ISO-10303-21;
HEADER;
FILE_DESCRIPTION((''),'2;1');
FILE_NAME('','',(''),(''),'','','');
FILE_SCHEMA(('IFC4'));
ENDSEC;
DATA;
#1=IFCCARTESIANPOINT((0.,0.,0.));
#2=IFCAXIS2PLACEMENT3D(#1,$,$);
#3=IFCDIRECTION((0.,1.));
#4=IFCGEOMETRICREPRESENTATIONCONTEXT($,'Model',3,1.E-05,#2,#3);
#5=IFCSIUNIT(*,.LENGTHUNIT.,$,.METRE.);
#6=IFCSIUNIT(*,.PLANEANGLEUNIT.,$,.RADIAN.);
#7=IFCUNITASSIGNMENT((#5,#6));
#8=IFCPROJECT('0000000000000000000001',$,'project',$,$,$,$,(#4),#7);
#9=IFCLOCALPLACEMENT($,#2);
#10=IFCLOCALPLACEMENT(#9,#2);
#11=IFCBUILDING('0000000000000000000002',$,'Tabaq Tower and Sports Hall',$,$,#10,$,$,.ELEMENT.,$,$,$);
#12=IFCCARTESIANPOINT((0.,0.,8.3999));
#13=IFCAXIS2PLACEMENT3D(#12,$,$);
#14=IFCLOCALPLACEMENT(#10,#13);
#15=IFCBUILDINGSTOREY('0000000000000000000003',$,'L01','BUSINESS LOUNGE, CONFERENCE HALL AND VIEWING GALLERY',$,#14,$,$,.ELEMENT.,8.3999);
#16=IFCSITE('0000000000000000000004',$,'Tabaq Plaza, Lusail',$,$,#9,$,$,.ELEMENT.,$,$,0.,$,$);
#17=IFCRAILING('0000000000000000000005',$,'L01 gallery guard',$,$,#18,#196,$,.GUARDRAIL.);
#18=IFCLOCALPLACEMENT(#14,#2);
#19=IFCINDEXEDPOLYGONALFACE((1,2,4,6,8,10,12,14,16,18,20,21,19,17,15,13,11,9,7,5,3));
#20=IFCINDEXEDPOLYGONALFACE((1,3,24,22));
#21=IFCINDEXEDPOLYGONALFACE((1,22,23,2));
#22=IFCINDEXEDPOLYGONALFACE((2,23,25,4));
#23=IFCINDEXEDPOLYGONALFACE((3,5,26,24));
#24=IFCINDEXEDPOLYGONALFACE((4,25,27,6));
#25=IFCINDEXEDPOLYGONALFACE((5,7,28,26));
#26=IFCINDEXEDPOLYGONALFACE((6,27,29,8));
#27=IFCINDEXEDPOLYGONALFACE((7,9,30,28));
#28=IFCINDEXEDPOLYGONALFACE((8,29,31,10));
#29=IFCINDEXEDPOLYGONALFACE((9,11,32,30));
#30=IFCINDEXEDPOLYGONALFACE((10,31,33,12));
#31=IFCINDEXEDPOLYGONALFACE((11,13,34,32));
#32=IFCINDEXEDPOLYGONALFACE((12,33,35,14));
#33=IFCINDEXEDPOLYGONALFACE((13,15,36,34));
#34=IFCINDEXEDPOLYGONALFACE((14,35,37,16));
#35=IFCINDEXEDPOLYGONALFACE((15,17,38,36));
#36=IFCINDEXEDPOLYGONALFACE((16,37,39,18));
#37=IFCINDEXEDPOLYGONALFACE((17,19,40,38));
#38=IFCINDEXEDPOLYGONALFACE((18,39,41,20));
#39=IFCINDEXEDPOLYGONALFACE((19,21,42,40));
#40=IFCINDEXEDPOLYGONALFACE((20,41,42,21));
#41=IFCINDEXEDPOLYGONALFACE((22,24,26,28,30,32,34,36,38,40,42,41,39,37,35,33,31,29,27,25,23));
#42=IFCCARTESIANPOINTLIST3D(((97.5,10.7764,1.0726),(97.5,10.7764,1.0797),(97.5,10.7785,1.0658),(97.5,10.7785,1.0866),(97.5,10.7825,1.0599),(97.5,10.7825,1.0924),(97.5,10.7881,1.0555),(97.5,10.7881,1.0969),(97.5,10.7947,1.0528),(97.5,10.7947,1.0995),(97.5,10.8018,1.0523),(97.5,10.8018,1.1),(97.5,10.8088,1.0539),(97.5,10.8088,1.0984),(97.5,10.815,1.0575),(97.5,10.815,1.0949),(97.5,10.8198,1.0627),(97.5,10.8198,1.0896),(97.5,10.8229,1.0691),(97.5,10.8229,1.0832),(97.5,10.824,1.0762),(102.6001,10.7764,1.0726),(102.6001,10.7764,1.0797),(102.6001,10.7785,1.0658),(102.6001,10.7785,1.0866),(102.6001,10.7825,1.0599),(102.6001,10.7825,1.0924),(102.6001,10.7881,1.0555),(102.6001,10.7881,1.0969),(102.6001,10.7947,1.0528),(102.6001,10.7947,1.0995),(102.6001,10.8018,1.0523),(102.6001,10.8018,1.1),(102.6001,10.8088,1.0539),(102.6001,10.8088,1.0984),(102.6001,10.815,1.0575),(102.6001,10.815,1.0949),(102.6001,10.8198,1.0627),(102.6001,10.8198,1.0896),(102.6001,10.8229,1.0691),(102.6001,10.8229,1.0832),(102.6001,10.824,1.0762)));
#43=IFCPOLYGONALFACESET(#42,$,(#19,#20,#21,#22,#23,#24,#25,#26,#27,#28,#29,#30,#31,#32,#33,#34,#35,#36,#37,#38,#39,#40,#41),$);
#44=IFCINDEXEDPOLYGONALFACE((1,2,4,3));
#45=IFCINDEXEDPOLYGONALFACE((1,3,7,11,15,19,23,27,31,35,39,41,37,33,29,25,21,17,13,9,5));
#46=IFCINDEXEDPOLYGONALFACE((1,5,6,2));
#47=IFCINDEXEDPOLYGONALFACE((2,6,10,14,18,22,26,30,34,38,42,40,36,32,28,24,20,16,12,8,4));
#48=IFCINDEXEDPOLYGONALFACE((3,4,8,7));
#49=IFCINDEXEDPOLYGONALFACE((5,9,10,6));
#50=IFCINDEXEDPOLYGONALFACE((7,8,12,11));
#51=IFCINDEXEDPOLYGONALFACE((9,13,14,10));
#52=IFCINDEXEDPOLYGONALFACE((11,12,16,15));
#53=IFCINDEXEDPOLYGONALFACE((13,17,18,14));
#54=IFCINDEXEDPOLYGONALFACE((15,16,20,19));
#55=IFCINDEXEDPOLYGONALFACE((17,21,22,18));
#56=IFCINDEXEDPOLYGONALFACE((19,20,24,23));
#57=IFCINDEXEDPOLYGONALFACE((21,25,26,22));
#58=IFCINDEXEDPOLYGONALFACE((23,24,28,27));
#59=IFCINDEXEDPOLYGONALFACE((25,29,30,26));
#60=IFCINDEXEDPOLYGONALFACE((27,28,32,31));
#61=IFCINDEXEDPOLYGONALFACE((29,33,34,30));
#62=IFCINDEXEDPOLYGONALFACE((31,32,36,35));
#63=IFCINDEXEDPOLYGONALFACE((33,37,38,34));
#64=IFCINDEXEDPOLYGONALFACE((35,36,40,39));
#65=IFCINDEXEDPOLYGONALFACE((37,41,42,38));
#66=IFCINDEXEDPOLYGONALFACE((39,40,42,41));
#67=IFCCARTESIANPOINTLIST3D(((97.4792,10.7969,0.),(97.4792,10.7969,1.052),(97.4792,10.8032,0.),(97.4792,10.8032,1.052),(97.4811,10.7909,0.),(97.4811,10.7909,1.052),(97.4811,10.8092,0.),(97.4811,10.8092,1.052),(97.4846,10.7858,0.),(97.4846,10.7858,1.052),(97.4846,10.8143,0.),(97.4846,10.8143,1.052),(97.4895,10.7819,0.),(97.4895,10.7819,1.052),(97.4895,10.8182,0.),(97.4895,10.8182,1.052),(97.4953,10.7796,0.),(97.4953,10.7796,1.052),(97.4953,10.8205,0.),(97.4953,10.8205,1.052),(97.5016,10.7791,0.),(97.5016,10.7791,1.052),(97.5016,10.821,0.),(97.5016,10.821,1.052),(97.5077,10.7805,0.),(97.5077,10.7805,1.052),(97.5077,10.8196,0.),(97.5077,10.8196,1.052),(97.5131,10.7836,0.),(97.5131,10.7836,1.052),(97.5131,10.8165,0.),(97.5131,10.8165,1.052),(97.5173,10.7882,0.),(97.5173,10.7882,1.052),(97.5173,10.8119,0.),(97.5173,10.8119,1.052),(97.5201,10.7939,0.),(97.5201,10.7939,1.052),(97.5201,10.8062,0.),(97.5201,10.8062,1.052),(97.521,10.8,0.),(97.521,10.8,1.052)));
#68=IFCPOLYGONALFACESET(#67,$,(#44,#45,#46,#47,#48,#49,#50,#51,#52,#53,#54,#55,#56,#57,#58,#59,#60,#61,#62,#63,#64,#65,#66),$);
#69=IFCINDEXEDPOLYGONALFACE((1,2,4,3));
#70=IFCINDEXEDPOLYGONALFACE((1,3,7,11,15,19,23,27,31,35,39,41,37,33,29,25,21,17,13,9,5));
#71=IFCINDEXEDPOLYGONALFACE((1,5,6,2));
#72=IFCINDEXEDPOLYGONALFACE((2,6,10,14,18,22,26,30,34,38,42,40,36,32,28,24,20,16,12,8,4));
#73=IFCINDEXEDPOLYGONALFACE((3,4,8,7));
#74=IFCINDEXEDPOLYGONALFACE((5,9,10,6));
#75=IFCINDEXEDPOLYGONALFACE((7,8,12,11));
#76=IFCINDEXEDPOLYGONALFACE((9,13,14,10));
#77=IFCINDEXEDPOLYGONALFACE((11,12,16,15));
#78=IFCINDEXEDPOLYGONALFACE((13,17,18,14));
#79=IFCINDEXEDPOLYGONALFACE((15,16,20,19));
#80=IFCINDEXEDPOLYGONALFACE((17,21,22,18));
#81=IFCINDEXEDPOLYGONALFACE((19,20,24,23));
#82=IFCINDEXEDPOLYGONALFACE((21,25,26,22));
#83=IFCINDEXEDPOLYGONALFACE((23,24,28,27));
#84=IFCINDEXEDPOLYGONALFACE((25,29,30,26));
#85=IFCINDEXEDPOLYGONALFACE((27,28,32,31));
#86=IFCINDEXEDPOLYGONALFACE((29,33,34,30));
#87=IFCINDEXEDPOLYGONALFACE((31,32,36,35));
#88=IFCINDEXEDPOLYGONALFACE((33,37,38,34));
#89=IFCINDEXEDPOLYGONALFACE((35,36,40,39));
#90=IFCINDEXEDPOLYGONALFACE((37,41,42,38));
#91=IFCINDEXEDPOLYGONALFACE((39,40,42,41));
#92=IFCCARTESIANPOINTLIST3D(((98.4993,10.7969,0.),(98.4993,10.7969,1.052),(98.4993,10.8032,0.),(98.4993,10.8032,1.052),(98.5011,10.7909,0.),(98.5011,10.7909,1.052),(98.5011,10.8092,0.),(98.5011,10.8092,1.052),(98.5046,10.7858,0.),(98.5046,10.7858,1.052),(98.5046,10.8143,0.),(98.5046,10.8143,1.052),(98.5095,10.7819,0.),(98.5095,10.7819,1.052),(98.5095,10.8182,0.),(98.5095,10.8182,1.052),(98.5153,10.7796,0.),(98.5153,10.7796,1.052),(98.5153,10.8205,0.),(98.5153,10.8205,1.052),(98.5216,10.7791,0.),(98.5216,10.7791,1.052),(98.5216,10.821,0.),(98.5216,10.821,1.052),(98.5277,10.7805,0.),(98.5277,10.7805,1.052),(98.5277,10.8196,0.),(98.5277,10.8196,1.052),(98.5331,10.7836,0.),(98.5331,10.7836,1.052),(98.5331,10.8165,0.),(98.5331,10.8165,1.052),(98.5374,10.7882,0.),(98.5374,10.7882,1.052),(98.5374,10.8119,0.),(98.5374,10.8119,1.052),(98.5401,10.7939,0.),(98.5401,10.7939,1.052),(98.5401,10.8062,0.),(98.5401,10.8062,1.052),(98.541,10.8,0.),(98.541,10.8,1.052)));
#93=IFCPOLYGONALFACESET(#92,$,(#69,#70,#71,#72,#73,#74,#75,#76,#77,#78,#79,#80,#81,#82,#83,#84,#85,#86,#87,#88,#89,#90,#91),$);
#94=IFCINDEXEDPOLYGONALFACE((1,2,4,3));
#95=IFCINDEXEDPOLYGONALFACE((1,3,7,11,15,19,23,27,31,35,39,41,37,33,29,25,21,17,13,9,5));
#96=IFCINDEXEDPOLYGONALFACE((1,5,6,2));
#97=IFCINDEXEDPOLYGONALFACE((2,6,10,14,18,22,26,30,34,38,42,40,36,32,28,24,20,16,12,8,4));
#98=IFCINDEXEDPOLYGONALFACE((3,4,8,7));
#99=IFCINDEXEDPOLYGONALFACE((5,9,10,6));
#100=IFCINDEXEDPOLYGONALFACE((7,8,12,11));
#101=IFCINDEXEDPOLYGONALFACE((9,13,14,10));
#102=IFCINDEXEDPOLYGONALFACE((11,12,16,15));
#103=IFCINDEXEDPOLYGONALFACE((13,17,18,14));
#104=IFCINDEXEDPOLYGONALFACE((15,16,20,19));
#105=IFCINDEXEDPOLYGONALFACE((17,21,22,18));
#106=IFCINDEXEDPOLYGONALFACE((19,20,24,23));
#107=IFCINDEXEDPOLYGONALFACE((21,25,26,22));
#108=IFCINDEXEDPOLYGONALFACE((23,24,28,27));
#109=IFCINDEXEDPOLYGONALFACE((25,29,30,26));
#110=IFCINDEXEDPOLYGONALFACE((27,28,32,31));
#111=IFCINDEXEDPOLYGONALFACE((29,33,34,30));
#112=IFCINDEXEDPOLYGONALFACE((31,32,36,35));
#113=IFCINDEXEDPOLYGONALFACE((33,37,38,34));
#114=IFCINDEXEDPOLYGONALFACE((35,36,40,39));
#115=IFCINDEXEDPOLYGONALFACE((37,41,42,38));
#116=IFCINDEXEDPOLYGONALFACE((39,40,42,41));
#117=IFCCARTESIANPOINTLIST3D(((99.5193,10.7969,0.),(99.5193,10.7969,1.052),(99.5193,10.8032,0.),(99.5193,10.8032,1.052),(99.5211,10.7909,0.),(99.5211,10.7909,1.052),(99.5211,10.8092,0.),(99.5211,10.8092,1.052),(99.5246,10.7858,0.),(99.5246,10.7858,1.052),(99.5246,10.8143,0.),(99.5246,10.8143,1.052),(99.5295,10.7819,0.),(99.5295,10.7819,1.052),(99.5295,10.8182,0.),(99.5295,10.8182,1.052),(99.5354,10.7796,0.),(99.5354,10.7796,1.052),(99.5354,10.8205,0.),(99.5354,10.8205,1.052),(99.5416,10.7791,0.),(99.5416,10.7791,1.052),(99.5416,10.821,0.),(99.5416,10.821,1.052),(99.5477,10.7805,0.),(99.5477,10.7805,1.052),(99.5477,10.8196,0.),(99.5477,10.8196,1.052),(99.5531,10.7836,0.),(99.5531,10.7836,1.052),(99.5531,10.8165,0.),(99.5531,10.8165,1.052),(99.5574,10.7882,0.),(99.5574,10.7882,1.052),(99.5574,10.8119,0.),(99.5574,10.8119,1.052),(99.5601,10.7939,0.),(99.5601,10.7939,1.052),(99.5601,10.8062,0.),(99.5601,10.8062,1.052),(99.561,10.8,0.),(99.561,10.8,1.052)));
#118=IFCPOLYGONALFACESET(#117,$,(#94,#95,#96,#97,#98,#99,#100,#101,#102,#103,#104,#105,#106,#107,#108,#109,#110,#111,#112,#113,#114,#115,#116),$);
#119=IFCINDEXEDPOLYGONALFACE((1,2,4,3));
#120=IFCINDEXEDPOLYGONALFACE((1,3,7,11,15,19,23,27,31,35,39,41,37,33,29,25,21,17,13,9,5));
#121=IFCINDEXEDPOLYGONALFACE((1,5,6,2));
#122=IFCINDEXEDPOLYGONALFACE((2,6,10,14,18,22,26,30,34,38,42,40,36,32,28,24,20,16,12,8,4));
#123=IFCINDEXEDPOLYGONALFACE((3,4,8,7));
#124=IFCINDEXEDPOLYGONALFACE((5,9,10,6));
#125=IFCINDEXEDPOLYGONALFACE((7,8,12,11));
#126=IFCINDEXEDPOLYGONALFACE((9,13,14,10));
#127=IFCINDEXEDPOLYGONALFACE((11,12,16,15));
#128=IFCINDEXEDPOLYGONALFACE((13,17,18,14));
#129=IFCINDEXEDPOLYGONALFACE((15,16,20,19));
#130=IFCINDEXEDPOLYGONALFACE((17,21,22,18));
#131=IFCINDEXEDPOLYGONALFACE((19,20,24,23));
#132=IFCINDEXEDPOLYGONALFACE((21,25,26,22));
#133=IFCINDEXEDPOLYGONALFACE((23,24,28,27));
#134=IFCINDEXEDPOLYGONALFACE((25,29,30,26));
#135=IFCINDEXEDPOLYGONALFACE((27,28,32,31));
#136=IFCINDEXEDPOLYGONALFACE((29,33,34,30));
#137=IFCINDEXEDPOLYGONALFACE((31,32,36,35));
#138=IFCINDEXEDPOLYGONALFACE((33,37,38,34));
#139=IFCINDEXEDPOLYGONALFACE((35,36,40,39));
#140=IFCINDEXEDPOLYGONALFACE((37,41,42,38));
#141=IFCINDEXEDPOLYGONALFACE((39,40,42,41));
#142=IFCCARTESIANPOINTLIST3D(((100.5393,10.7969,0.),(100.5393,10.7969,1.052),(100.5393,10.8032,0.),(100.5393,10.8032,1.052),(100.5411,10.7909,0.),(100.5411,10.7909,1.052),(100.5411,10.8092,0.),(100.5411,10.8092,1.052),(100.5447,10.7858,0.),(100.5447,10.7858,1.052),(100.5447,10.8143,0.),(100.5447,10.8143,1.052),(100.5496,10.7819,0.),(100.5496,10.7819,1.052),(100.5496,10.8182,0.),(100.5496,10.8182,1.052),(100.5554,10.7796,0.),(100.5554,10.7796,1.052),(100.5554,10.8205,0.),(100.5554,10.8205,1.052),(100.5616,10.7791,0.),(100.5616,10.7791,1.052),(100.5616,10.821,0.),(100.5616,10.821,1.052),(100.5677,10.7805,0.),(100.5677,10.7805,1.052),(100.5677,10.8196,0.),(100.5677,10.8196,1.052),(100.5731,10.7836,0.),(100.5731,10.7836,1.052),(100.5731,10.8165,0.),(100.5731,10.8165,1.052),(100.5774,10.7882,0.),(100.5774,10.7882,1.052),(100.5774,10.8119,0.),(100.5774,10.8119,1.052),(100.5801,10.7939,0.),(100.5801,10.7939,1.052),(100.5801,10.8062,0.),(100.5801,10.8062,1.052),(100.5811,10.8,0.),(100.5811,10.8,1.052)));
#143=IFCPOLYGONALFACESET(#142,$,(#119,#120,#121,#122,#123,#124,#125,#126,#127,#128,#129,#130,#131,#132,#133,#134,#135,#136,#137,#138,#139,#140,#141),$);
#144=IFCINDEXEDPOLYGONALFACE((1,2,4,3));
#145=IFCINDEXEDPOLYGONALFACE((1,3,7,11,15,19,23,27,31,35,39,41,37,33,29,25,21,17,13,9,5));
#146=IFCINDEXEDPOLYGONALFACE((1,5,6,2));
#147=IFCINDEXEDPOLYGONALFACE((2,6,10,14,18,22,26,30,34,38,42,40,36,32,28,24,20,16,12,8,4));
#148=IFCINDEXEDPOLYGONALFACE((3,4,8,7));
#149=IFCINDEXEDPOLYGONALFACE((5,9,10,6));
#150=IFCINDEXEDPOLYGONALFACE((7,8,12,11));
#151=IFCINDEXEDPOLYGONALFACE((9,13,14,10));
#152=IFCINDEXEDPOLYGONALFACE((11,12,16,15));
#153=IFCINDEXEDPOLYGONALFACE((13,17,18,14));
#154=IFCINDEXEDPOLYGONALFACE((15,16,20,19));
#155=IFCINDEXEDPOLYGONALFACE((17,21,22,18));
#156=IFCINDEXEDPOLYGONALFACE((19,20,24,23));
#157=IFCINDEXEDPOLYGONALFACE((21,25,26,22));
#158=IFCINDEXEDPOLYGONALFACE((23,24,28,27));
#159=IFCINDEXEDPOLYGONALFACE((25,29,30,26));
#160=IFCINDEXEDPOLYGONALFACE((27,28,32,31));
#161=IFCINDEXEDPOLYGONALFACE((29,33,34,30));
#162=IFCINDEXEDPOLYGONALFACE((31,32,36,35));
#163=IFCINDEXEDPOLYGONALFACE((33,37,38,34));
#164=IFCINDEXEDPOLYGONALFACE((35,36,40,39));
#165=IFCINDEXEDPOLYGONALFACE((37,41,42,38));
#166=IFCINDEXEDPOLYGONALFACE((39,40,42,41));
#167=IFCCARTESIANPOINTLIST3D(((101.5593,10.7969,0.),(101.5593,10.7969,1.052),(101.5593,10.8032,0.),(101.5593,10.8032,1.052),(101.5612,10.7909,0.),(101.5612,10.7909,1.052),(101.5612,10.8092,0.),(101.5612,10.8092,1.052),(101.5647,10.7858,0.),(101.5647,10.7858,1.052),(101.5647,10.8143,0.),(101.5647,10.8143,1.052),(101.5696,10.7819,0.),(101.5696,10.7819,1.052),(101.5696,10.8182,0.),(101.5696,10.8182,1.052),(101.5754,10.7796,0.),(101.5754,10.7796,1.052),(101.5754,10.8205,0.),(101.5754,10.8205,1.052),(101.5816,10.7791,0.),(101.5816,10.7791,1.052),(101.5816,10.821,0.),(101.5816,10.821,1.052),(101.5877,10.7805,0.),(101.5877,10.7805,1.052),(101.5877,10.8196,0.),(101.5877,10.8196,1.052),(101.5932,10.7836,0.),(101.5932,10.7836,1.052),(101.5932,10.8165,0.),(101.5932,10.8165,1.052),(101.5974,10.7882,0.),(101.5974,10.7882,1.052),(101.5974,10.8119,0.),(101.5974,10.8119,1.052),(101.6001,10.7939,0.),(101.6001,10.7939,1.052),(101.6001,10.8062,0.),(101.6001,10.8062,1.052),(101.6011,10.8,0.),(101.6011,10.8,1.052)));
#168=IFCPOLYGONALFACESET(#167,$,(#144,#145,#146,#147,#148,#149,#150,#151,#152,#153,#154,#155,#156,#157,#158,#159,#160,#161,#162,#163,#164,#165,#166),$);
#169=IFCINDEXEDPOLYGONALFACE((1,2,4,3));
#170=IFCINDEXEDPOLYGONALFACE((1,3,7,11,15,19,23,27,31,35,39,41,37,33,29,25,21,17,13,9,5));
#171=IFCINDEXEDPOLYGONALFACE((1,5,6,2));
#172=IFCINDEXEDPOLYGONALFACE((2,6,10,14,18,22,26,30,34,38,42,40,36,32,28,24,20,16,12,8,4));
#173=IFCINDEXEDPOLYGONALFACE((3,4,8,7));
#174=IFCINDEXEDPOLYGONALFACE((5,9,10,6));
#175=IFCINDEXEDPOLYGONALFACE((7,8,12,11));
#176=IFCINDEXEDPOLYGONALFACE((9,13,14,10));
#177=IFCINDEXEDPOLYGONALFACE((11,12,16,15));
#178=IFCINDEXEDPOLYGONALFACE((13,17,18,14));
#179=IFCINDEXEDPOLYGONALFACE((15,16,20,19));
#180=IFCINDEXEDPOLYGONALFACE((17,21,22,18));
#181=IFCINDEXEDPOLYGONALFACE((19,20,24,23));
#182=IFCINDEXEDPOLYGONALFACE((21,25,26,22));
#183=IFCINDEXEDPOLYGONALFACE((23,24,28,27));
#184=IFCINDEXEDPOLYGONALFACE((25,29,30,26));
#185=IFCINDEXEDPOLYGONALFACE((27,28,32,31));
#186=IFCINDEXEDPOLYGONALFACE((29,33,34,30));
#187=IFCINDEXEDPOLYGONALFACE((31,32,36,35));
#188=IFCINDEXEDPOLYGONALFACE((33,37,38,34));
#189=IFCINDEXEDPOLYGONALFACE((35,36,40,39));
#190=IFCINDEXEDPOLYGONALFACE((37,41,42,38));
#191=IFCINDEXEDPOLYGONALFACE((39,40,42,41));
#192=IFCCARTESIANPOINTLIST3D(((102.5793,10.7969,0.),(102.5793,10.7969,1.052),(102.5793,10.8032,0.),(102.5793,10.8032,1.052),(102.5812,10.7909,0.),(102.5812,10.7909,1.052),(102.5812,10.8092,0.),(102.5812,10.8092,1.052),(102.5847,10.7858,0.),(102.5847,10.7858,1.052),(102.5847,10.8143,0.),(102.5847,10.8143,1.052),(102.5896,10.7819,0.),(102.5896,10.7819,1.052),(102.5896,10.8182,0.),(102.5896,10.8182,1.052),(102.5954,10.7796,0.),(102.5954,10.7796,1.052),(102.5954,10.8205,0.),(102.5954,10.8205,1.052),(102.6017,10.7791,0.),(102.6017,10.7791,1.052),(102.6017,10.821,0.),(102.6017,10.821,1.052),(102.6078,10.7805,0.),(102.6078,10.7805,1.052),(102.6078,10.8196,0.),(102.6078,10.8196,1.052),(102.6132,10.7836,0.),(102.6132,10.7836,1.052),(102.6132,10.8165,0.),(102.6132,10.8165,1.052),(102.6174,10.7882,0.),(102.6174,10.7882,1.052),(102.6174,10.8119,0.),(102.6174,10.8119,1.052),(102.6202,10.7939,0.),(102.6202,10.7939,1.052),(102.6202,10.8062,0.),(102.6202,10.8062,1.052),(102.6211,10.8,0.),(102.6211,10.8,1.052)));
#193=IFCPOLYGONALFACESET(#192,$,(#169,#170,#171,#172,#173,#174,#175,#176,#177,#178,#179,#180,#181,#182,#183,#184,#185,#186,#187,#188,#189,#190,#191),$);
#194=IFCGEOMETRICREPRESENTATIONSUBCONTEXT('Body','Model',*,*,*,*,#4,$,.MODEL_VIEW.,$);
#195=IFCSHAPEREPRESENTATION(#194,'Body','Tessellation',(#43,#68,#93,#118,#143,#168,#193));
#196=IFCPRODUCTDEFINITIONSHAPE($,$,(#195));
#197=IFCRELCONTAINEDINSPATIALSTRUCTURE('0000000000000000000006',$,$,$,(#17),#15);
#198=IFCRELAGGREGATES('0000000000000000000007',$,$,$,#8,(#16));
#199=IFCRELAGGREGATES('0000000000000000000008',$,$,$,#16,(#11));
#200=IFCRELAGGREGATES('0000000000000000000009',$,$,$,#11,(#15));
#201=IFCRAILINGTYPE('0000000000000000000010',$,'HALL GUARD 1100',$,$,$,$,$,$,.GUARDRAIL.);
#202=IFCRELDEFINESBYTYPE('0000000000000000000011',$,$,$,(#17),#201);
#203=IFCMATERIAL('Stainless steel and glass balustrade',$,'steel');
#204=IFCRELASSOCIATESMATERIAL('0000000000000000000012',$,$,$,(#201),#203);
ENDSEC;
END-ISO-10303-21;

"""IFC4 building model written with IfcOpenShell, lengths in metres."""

from ifc_helpers import new_model, si_unit, direction, frame, origin, origin_2d, place, context, subcontext, project, spatial, circle, extrude, material, type_object, element, save


model = new_model("IFC4")

# Units and contexts
model_context = context("Model", 3, precision=1e-05, world=origin(), true_north=direction((0.0, 1.0)))
body_context = subcontext(model_context, "Body", "Model", "MODEL_VIEW")
ifc_project = project(units=[si_unit("LENGTHUNIT", "METRE"), si_unit("PLANEANGLEUNIT", "RADIAN")], contexts=[model_context])

# Site, building, storey
site_placement = place(None, origin())
site = spatial("IfcSite", under=ifc_project, at=site_placement, Name="Tabaq Plaza, Lusail", CompositionType="ELEMENT", RefElevation=0.0)
building_placement = place(site_placement, origin())
building = spatial("IfcBuilding", under=site, at=building_placement, Name="Tabaq Tower and Sports Hall", CompositionType="ELEMENT")
storey_placement = place(building_placement, frame((0.0, 0.0, 8.3999)))
storey = spatial("IfcBuildingStorey", under=building, at=storey_placement, Name="L01", Description="BUSINESS LOUNGE, CONFERENCE HALL AND VIEWING GALLERY", CompositionType="ELEMENT", Elevation=8.3999)

# Railing
ifc_material_1 = material(Name="Stainless steel and glass balustrade", Category="steel")
railing_type = type_object("IfcRailingType", Name="HALL GUARD 1100", PredefinedType="GUARDRAIL", material=ifc_material_1)
for number, where, name in (
    (1, (97.5, 10.8, 0.0), "L01 gallery guard"),
):
    element("IfcRailing", number, at=place(storey_placement, frame(where)), inside=storey, type_object=railing_type, Name=name, PredefinedType="GUARDRAIL", context=body_context, shape_type="SweptSolid", body=[
        extrude(circle(Radius=0.0239, at=origin_2d()), frame((0.0, 0.0, 1.0762), z_axis=(1.0, 0.0, 0.0), x_axis=(0.0, 1.0, 0.0)), (0.0, 0.0, 1.0), 5.1001),
        extrude(circle(Radius=0.021, at=origin_2d()), origin(), (0.0, 0.0, 1.0), 1.052),
        extrude(circle(Radius=0.021, at=origin_2d()), frame((1.02, 0.0, 0.0)), (0.0, 0.0, 1.0), 1.052),
        extrude(circle(Radius=0.021, at=origin_2d()), frame((2.04, 0.0, 0.0)), (0.0, 0.0, 1.0), 1.052),
        extrude(circle(Radius=0.021, at=origin_2d()), frame((3.0601, 0.0, 0.0)), (0.0, 0.0, 1.0), 1.052),
        extrude(circle(Radius=0.021, at=origin_2d()), frame((4.0801, 0.0, 0.0)), (0.0, 0.0, 1.0), 1.052),
        extrude(circle(Radius=0.021, at=origin_2d()), frame((5.1001, 0.0, 0.0)), (0.0, 0.0, 1.0), 1.052),
    ])

save(model, "model.ifc")
